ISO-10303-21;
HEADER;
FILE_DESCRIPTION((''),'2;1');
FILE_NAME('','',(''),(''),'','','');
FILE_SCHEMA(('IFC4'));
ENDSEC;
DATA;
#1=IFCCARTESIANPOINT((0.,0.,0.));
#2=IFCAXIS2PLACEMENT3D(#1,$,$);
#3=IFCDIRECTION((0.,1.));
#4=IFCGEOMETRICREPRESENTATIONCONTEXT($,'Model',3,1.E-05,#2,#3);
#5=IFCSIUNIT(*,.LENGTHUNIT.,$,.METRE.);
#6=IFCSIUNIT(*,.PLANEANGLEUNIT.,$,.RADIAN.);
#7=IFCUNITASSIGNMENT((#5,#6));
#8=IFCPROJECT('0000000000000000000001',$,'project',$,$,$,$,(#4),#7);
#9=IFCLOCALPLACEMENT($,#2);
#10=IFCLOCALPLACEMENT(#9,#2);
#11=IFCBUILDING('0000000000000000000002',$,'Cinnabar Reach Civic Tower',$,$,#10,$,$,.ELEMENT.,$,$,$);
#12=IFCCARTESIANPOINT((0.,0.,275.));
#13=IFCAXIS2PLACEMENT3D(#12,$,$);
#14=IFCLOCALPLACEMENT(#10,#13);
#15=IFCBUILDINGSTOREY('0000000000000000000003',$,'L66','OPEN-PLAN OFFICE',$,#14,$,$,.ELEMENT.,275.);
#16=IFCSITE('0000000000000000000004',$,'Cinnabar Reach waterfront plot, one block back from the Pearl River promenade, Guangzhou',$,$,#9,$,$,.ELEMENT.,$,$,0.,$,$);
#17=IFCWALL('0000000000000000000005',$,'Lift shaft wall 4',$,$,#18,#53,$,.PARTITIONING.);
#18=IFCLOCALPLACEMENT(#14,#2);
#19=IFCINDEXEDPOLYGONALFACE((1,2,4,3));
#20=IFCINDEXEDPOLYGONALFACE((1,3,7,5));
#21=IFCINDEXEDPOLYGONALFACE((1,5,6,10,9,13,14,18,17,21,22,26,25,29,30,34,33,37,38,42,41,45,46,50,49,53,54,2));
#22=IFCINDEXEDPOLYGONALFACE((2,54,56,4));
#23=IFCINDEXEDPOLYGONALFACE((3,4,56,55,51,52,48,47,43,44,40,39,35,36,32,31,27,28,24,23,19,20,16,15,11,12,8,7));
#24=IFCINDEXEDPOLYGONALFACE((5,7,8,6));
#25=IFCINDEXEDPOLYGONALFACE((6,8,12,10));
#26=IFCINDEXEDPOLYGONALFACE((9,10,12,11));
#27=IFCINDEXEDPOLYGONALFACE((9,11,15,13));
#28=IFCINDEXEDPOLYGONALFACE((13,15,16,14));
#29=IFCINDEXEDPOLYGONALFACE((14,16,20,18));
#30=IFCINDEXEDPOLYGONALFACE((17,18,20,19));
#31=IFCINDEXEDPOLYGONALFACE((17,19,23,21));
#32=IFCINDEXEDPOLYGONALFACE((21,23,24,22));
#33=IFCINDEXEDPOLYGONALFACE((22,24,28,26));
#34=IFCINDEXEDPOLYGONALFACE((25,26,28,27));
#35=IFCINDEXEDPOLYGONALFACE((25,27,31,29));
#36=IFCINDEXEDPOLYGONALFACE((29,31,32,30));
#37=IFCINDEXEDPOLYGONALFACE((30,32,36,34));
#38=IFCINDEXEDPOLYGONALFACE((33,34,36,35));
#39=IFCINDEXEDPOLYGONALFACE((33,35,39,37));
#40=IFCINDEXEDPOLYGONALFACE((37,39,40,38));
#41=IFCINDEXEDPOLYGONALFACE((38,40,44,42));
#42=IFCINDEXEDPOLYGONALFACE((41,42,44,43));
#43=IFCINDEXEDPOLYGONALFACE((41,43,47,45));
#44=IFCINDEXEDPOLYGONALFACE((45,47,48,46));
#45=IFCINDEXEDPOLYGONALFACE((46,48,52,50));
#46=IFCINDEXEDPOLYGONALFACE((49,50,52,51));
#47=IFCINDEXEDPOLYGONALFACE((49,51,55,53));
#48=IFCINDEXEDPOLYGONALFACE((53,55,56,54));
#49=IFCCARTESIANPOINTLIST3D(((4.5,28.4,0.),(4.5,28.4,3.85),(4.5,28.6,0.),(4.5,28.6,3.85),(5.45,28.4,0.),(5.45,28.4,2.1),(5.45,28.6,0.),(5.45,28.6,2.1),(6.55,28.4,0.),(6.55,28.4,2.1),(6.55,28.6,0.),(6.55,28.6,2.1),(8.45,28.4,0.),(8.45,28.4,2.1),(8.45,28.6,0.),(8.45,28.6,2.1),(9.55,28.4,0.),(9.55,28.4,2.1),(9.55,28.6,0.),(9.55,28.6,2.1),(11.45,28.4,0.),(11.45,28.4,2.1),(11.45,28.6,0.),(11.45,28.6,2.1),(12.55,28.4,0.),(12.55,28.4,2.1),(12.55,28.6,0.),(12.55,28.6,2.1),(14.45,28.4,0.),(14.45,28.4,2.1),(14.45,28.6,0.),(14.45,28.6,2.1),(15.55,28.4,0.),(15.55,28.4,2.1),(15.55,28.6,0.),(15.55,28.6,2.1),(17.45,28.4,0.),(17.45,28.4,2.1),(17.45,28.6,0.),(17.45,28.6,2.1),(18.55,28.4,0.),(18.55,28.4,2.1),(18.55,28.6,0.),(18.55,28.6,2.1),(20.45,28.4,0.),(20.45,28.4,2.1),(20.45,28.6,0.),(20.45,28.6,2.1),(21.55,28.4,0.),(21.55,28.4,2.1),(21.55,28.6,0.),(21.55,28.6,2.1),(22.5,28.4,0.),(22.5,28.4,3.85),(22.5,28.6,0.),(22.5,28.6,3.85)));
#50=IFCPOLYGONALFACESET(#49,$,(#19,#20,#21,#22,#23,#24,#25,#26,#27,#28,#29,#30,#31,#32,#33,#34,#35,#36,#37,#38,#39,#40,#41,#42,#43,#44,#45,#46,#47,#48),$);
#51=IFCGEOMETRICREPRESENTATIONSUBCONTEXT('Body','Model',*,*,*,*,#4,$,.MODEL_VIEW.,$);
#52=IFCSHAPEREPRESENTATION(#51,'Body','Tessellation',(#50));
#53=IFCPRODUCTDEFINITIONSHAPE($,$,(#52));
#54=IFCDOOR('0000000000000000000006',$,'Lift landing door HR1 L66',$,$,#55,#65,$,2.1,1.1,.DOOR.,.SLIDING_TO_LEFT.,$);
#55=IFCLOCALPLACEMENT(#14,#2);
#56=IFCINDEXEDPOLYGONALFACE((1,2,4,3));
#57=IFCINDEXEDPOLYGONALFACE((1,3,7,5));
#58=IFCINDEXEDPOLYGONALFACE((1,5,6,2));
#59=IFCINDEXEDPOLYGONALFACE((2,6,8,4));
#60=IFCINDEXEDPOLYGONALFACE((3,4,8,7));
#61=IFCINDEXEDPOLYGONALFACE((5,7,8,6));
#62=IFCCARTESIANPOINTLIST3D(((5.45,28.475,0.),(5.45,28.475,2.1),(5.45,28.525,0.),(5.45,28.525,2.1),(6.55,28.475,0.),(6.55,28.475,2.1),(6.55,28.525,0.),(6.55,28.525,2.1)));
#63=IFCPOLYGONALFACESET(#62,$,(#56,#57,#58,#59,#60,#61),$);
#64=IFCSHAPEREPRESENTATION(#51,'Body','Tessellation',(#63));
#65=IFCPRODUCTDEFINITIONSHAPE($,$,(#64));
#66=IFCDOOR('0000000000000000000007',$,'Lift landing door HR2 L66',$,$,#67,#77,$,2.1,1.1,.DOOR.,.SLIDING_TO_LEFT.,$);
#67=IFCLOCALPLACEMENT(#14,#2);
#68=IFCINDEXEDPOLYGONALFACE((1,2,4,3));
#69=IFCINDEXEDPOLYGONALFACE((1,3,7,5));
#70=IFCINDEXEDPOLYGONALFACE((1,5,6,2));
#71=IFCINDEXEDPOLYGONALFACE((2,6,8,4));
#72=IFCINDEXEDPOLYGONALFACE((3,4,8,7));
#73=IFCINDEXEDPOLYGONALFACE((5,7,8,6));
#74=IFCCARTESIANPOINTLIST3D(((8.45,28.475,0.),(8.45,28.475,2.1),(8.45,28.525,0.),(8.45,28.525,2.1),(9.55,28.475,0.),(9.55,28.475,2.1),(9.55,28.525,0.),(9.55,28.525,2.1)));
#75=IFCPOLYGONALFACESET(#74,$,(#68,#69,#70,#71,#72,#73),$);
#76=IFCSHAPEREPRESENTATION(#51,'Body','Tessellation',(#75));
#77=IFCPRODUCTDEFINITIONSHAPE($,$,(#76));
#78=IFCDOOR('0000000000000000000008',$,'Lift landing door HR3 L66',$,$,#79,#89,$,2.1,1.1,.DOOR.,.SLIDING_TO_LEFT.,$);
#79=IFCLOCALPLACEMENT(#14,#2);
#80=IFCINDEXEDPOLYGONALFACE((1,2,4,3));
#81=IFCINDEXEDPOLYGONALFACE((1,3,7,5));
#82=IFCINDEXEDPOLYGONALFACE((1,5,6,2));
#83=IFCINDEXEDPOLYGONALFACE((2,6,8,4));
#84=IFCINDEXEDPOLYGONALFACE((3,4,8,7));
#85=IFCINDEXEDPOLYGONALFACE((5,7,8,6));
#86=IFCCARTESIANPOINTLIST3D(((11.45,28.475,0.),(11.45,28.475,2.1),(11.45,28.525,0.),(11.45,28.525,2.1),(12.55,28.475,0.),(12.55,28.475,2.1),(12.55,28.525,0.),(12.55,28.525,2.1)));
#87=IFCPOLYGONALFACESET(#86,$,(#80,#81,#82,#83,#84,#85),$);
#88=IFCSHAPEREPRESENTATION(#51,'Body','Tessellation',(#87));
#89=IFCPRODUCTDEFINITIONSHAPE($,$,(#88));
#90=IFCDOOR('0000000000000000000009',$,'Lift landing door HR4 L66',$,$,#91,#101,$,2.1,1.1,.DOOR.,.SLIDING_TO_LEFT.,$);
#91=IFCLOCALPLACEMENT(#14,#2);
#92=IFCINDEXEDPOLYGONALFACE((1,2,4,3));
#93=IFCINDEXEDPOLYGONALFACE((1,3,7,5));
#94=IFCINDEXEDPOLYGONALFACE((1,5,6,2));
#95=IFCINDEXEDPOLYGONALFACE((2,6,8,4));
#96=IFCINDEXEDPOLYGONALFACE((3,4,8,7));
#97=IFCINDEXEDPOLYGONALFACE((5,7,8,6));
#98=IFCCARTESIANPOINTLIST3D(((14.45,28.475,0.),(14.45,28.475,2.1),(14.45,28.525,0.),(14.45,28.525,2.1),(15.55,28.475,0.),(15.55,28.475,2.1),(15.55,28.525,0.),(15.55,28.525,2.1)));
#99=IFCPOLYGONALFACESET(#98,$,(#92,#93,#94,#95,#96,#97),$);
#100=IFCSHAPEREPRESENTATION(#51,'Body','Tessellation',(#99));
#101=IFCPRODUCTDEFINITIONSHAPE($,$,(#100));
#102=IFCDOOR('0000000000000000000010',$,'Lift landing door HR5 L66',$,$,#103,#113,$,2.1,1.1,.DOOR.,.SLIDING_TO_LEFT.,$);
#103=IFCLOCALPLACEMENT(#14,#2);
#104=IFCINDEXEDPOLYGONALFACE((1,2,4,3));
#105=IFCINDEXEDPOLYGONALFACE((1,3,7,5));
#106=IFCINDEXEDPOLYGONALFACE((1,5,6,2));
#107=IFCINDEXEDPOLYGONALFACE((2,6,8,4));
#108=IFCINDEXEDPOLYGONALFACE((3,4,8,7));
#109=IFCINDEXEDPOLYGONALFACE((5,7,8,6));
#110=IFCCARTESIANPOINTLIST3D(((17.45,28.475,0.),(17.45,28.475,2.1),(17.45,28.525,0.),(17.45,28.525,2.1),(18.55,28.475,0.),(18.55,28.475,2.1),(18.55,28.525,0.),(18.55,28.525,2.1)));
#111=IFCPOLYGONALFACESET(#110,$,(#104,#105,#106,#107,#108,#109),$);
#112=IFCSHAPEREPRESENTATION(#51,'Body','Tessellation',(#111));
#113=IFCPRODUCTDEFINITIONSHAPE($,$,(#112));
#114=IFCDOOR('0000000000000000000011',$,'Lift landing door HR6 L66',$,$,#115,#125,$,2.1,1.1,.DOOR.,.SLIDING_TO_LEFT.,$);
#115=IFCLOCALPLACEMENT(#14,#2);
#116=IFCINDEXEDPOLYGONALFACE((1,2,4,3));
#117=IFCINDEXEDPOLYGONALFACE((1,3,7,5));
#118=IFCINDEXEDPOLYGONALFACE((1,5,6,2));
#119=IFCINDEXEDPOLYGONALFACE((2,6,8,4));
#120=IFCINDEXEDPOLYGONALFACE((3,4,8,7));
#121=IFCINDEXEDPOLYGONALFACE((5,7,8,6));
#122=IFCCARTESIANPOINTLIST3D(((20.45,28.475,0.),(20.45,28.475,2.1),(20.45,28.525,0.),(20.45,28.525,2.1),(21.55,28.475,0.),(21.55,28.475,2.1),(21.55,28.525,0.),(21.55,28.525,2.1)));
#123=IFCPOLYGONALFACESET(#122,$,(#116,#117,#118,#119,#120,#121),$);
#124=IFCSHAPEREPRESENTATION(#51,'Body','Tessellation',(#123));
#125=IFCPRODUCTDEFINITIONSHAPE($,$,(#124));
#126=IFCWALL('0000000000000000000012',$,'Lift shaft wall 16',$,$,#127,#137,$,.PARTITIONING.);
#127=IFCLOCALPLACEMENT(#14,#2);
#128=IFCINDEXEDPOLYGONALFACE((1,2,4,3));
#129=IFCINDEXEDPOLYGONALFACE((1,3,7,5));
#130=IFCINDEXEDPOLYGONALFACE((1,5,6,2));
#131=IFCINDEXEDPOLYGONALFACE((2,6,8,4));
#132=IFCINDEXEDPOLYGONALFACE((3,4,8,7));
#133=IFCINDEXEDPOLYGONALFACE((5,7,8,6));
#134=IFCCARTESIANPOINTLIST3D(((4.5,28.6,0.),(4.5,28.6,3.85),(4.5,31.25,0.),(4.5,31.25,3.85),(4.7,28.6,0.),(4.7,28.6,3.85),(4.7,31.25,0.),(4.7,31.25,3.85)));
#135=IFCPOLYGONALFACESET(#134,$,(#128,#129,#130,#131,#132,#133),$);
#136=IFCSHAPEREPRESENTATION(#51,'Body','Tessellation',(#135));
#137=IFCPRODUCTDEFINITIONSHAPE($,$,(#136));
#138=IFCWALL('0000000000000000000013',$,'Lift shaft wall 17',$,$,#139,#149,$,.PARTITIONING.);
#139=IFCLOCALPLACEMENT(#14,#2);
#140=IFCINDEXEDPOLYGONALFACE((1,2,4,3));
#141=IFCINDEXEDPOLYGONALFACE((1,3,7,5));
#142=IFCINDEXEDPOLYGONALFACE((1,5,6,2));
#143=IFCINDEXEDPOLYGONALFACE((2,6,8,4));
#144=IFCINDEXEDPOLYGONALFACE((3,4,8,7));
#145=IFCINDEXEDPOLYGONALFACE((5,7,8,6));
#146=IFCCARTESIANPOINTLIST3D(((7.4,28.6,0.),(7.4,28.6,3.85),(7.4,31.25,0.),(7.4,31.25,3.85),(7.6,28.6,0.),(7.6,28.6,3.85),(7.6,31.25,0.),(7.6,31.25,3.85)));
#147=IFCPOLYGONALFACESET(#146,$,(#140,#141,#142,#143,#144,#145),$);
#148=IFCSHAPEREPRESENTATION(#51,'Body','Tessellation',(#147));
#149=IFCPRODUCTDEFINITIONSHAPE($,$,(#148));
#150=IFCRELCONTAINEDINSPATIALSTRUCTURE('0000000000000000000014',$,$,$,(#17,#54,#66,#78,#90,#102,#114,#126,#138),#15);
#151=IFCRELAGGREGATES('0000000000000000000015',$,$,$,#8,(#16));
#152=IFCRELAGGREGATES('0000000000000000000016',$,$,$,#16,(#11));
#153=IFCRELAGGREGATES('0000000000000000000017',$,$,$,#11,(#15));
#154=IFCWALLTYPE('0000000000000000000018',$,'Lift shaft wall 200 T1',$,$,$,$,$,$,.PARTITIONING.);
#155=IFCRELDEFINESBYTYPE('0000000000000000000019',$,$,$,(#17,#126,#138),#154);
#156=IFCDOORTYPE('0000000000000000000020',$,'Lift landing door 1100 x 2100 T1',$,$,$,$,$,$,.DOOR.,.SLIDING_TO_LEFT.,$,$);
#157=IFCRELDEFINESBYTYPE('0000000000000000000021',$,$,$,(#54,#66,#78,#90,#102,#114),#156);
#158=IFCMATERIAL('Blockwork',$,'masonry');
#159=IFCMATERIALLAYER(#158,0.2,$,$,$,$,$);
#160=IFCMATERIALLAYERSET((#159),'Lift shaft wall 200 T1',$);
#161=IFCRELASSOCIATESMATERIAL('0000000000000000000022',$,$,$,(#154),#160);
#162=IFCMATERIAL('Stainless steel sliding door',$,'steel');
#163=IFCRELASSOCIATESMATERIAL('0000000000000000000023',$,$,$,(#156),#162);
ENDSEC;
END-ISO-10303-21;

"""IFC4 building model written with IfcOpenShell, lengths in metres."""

from ifc_helpers import new_model, si_unit, direction, frame, frame_2d, origin, place, context, subcontext, project, spatial, rectangle, extrude, material, layer, layer_set, type_object, element, fill, save


model = new_model("IFC4")

# Units and contexts
model_context = context("Model", 3, precision=1e-05, world=origin(), true_north=direction((0.0, 1.0)))
body_context = subcontext(model_context, "Body", "Model", "MODEL_VIEW")
ifc_project = project(units=[si_unit("LENGTHUNIT", "METRE"), si_unit("PLANEANGLEUNIT", "RADIAN")], contexts=[model_context])

# Site, building, storey
site_placement = place(None, origin())
site = spatial("IfcSite", under=ifc_project, at=site_placement, Name="Cinnabar Reach waterfront plot, one block back from the Pearl River promenade, Guangzhou", CompositionType="ELEMENT", RefElevation=0.0)
building_placement = place(site_placement, origin())
building = spatial("IfcBuilding", under=site, at=building_placement, Name="Cinnabar Reach Civic Tower", CompositionType="ELEMENT")
storey_placement = place(building_placement, frame((0.0, 0.0, 275.0)))
storey = spatial("IfcBuildingStorey", under=building, at=storey_placement, Name="L66", Description="OPEN-PLAN OFFICE", CompositionType="ELEMENT", Elevation=275.0)

# Wall, openings, doors
ifc_material_1 = material(Name="Blockwork", Category="masonry")
ifc_layer_1 = layer(ifc_material_1, 0.2)
ifc_layer_set_1 = layer_set([ifc_layer_1], Name="Lift shaft wall 200 T1")
wall_type_1 = type_object("IfcWallType", Name="Lift shaft wall 200 T1", PredefinedType="PARTITIONING", material=ifc_layer_set_1)
wall_1_placement = place(storey_placement, frame((4.5, 28.5, 0.0), z_axis=(0.0, 0.0, 1.0), x_axis=(1.0, 0.0, 0.0)))
wall_1 = element("IfcWall", 1, at=wall_1_placement, inside=storey, type_object=wall_type_1, Name="Lift shaft wall 4", PredefinedType="PARTITIONING", context=body_context, shape_type="SweptSolid", body=[
    extrude(rectangle(XDim=18.0, YDim=0.2, at=frame_2d((9.0, 0.0))), origin(), (0.0, 0.0, 1.0), 3.85),
])
opening_1_placement = place(wall_1_placement, frame((0.95, 0.0, 0.0)))
opening_1 = element("IfcOpeningElement", 2, at=opening_1_placement, cuts=wall_1, PredefinedType="OPENING", context=body_context, shape_type="SweptSolid", body=[
    extrude(rectangle(XDim=1.1, YDim=2.1, at=frame_2d((0.55, 1.05))), frame((0.0, 0.11, 0.0), z_axis=(0.0, -1.0, 0.0), x_axis=(1.0, 0.0, 0.0)), (0.0, 0.0, 1.0), 0.22),
])
opening_2_placement = place(wall_1_placement, frame((3.95, 0.0, 0.0)))
opening_2 = element("IfcOpeningElement", 3, at=opening_2_placement, cuts=wall_1, PredefinedType="OPENING", context=body_context, shape_type="SweptSolid", body=[
    extrude(rectangle(XDim=1.1, YDim=2.1, at=frame_2d((0.55, 1.05))), frame((0.0, 0.11, 0.0), z_axis=(0.0, -1.0, 0.0), x_axis=(1.0, 0.0, 0.0)), (0.0, 0.0, 1.0), 0.22),
])
opening_3_placement = place(wall_1_placement, frame((6.95, 0.0, 0.0)))
opening_3 = element("IfcOpeningElement", 4, at=opening_3_placement, cuts=wall_1, PredefinedType="OPENING", context=body_context, shape_type="SweptSolid", body=[
    extrude(rectangle(XDim=1.1, YDim=2.1, at=frame_2d((0.55, 1.05))), frame((0.0, 0.11, 0.0), z_axis=(0.0, -1.0, 0.0), x_axis=(1.0, 0.0, 0.0)), (0.0, 0.0, 1.0), 0.22),
])
opening_4_placement = place(wall_1_placement, frame((9.95, 0.0, 0.0)))
opening_4 = element("IfcOpeningElement", 5, at=opening_4_placement, cuts=wall_1, PredefinedType="OPENING", context=body_context, shape_type="SweptSolid", body=[
    extrude(rectangle(XDim=1.1, YDim=2.1, at=frame_2d((0.55, 1.05))), frame((0.0, 0.11, 0.0), z_axis=(0.0, -1.0, 0.0), x_axis=(1.0, 0.0, 0.0)), (0.0, 0.0, 1.0), 0.22),
])
opening_5_placement = place(wall_1_placement, frame((12.95, 0.0, 0.0)))
opening_5 = element("IfcOpeningElement", 6, at=opening_5_placement, cuts=wall_1, PredefinedType="OPENING", context=body_context, shape_type="SweptSolid", body=[
    extrude(rectangle(XDim=1.1, YDim=2.1, at=frame_2d((0.55, 1.05))), frame((0.0, 0.11, 0.0), z_axis=(0.0, -1.0, 0.0), x_axis=(1.0, 0.0, 0.0)), (0.0, 0.0, 1.0), 0.22),
])
opening_6_placement = place(wall_1_placement, frame((15.95, 0.0, 0.0)))
opening_6 = element("IfcOpeningElement", 7, at=opening_6_placement, cuts=wall_1, PredefinedType="OPENING", context=body_context, shape_type="SweptSolid", body=[
    extrude(rectangle(XDim=1.1, YDim=2.1, at=frame_2d((0.55, 1.05))), frame((0.0, 0.11, 0.0), z_axis=(0.0, -1.0, 0.0), x_axis=(1.0, 0.0, 0.0)), (0.0, 0.0, 1.0), 0.22),
])
ifc_material_2 = material(Name="Stainless steel sliding door", Category="steel")
door_type_1 = type_object("IfcDoorType", Name="Lift landing door 1100 x 2100 T1", OperationType="SLIDING_TO_LEFT", PredefinedType="DOOR", material=ifc_material_2)
door_1_placement = place(opening_1_placement, origin())
door_1 = element("IfcDoor", 8, at=door_1_placement, inside=storey, type_object=door_type_1, Name="Lift landing door HR1 L66", OperationType="SLIDING_TO_LEFT", OverallHeight=2.1, OverallWidth=1.1, PredefinedType="DOOR", context=body_context, shape_type="SweptSolid", body=[
    extrude(rectangle(XDim=1.1, YDim=2.1, at=frame_2d((0.55, 1.05))), frame((0.0, 0.025, 0.0), z_axis=(0.0, -1.0, 0.0), x_axis=(1.0, 0.0, 0.0)), (0.0, 0.0, 1.0), 0.05),
])
fill(opening_1, door_1)
door_2_placement = place(opening_2_placement, origin())
door_2 = element("IfcDoor", 9, at=door_2_placement, inside=storey, type_object=door_type_1, Name="Lift landing door HR2 L66", OperationType="SLIDING_TO_LEFT", OverallHeight=2.1, OverallWidth=1.1, PredefinedType="DOOR", context=body_context, shape_type="SweptSolid", body=[
    extrude(rectangle(XDim=1.1, YDim=2.1, at=frame_2d((0.55, 1.05))), frame((0.0, 0.025, 0.0), z_axis=(0.0, -1.0, 0.0), x_axis=(1.0, 0.0, 0.0)), (0.0, 0.0, 1.0), 0.05),
])
fill(opening_2, door_2)
door_3_placement = place(opening_3_placement, origin())
door_3 = element("IfcDoor", 10, at=door_3_placement, inside=storey, type_object=door_type_1, Name="Lift landing door HR3 L66", OperationType="SLIDING_TO_LEFT", OverallHeight=2.1, OverallWidth=1.1, PredefinedType="DOOR", context=body_context, shape_type="SweptSolid", body=[
    extrude(rectangle(XDim=1.1, YDim=2.1, at=frame_2d((0.55, 1.05))), frame((0.0, 0.025, 0.0), z_axis=(0.0, -1.0, 0.0), x_axis=(1.0, 0.0, 0.0)), (0.0, 0.0, 1.0), 0.05),
])
fill(opening_3, door_3)
door_4_placement = place(opening_4_placement, origin())
door_4 = element("IfcDoor", 11, at=door_4_placement, inside=storey, type_object=door_type_1, Name="Lift landing door HR4 L66", OperationType="SLIDING_TO_LEFT", OverallHeight=2.1, OverallWidth=1.1, PredefinedType="DOOR", context=body_context, shape_type="SweptSolid", body=[
    extrude(rectangle(XDim=1.1, YDim=2.1, at=frame_2d((0.55, 1.05))), frame((0.0, 0.025, 0.0), z_axis=(0.0, -1.0, 0.0), x_axis=(1.0, 0.0, 0.0)), (0.0, 0.0, 1.0), 0.05),
])
fill(opening_4, door_4)
door_5_placement = place(opening_5_placement, origin())
door_5 = element("IfcDoor", 12, at=door_5_placement, inside=storey, type_object=door_type_1, Name="Lift landing door HR5 L66", OperationType="SLIDING_TO_LEFT", OverallHeight=2.1, OverallWidth=1.1, PredefinedType="DOOR", context=body_context, shape_type="SweptSolid", body=[
    extrude(rectangle(XDim=1.1, YDim=2.1, at=frame_2d((0.55, 1.05))), frame((0.0, 0.025, 0.0), z_axis=(0.0, -1.0, 0.0), x_axis=(1.0, 0.0, 0.0)), (0.0, 0.0, 1.0), 0.05),
])
fill(opening_5, door_5)
door_6_placement = place(opening_6_placement, origin())
door_6 = element("IfcDoor", 13, at=door_6_placement, inside=storey, type_object=door_type_1, Name="Lift landing door HR6 L66", OperationType="SLIDING_TO_LEFT", OverallHeight=2.1, OverallWidth=1.1, PredefinedType="DOOR", context=body_context, shape_type="SweptSolid", body=[
    extrude(rectangle(XDim=1.1, YDim=2.1, at=frame_2d((0.55, 1.05))), frame((0.0, 0.025, 0.0), z_axis=(0.0, -1.0, 0.0), x_axis=(1.0, 0.0, 0.0)), (0.0, 0.0, 1.0), 0.05),
])
fill(opening_6, door_6)

# Walls
for number, where, z_axis, x_axis, name in (
    (14, (4.6, 28.6, 0.0), (0.0, 0.0, 1.0), (0.0, 1.0, 0.0), "Lift shaft wall 16"),
    (15, (7.5, 28.6, 0.0), (0.0, 0.0, 1.0), (0.0, 1.0, 0.0), "Lift shaft wall 17"),
):
    element("IfcWall", number, at=place(storey_placement, frame(where, z_axis=z_axis, x_axis=x_axis)), inside=storey, type_object=wall_type_1, Name=name, PredefinedType="PARTITIONING", context=body_context, shape_type="SweptSolid", body=[
        extrude(rectangle(XDim=2.65, YDim=0.2, at=frame_2d((1.325, 0.0))), origin(), (0.0, 0.0, 1.0), 3.85),
    ])

save(model, "model.ifc")
